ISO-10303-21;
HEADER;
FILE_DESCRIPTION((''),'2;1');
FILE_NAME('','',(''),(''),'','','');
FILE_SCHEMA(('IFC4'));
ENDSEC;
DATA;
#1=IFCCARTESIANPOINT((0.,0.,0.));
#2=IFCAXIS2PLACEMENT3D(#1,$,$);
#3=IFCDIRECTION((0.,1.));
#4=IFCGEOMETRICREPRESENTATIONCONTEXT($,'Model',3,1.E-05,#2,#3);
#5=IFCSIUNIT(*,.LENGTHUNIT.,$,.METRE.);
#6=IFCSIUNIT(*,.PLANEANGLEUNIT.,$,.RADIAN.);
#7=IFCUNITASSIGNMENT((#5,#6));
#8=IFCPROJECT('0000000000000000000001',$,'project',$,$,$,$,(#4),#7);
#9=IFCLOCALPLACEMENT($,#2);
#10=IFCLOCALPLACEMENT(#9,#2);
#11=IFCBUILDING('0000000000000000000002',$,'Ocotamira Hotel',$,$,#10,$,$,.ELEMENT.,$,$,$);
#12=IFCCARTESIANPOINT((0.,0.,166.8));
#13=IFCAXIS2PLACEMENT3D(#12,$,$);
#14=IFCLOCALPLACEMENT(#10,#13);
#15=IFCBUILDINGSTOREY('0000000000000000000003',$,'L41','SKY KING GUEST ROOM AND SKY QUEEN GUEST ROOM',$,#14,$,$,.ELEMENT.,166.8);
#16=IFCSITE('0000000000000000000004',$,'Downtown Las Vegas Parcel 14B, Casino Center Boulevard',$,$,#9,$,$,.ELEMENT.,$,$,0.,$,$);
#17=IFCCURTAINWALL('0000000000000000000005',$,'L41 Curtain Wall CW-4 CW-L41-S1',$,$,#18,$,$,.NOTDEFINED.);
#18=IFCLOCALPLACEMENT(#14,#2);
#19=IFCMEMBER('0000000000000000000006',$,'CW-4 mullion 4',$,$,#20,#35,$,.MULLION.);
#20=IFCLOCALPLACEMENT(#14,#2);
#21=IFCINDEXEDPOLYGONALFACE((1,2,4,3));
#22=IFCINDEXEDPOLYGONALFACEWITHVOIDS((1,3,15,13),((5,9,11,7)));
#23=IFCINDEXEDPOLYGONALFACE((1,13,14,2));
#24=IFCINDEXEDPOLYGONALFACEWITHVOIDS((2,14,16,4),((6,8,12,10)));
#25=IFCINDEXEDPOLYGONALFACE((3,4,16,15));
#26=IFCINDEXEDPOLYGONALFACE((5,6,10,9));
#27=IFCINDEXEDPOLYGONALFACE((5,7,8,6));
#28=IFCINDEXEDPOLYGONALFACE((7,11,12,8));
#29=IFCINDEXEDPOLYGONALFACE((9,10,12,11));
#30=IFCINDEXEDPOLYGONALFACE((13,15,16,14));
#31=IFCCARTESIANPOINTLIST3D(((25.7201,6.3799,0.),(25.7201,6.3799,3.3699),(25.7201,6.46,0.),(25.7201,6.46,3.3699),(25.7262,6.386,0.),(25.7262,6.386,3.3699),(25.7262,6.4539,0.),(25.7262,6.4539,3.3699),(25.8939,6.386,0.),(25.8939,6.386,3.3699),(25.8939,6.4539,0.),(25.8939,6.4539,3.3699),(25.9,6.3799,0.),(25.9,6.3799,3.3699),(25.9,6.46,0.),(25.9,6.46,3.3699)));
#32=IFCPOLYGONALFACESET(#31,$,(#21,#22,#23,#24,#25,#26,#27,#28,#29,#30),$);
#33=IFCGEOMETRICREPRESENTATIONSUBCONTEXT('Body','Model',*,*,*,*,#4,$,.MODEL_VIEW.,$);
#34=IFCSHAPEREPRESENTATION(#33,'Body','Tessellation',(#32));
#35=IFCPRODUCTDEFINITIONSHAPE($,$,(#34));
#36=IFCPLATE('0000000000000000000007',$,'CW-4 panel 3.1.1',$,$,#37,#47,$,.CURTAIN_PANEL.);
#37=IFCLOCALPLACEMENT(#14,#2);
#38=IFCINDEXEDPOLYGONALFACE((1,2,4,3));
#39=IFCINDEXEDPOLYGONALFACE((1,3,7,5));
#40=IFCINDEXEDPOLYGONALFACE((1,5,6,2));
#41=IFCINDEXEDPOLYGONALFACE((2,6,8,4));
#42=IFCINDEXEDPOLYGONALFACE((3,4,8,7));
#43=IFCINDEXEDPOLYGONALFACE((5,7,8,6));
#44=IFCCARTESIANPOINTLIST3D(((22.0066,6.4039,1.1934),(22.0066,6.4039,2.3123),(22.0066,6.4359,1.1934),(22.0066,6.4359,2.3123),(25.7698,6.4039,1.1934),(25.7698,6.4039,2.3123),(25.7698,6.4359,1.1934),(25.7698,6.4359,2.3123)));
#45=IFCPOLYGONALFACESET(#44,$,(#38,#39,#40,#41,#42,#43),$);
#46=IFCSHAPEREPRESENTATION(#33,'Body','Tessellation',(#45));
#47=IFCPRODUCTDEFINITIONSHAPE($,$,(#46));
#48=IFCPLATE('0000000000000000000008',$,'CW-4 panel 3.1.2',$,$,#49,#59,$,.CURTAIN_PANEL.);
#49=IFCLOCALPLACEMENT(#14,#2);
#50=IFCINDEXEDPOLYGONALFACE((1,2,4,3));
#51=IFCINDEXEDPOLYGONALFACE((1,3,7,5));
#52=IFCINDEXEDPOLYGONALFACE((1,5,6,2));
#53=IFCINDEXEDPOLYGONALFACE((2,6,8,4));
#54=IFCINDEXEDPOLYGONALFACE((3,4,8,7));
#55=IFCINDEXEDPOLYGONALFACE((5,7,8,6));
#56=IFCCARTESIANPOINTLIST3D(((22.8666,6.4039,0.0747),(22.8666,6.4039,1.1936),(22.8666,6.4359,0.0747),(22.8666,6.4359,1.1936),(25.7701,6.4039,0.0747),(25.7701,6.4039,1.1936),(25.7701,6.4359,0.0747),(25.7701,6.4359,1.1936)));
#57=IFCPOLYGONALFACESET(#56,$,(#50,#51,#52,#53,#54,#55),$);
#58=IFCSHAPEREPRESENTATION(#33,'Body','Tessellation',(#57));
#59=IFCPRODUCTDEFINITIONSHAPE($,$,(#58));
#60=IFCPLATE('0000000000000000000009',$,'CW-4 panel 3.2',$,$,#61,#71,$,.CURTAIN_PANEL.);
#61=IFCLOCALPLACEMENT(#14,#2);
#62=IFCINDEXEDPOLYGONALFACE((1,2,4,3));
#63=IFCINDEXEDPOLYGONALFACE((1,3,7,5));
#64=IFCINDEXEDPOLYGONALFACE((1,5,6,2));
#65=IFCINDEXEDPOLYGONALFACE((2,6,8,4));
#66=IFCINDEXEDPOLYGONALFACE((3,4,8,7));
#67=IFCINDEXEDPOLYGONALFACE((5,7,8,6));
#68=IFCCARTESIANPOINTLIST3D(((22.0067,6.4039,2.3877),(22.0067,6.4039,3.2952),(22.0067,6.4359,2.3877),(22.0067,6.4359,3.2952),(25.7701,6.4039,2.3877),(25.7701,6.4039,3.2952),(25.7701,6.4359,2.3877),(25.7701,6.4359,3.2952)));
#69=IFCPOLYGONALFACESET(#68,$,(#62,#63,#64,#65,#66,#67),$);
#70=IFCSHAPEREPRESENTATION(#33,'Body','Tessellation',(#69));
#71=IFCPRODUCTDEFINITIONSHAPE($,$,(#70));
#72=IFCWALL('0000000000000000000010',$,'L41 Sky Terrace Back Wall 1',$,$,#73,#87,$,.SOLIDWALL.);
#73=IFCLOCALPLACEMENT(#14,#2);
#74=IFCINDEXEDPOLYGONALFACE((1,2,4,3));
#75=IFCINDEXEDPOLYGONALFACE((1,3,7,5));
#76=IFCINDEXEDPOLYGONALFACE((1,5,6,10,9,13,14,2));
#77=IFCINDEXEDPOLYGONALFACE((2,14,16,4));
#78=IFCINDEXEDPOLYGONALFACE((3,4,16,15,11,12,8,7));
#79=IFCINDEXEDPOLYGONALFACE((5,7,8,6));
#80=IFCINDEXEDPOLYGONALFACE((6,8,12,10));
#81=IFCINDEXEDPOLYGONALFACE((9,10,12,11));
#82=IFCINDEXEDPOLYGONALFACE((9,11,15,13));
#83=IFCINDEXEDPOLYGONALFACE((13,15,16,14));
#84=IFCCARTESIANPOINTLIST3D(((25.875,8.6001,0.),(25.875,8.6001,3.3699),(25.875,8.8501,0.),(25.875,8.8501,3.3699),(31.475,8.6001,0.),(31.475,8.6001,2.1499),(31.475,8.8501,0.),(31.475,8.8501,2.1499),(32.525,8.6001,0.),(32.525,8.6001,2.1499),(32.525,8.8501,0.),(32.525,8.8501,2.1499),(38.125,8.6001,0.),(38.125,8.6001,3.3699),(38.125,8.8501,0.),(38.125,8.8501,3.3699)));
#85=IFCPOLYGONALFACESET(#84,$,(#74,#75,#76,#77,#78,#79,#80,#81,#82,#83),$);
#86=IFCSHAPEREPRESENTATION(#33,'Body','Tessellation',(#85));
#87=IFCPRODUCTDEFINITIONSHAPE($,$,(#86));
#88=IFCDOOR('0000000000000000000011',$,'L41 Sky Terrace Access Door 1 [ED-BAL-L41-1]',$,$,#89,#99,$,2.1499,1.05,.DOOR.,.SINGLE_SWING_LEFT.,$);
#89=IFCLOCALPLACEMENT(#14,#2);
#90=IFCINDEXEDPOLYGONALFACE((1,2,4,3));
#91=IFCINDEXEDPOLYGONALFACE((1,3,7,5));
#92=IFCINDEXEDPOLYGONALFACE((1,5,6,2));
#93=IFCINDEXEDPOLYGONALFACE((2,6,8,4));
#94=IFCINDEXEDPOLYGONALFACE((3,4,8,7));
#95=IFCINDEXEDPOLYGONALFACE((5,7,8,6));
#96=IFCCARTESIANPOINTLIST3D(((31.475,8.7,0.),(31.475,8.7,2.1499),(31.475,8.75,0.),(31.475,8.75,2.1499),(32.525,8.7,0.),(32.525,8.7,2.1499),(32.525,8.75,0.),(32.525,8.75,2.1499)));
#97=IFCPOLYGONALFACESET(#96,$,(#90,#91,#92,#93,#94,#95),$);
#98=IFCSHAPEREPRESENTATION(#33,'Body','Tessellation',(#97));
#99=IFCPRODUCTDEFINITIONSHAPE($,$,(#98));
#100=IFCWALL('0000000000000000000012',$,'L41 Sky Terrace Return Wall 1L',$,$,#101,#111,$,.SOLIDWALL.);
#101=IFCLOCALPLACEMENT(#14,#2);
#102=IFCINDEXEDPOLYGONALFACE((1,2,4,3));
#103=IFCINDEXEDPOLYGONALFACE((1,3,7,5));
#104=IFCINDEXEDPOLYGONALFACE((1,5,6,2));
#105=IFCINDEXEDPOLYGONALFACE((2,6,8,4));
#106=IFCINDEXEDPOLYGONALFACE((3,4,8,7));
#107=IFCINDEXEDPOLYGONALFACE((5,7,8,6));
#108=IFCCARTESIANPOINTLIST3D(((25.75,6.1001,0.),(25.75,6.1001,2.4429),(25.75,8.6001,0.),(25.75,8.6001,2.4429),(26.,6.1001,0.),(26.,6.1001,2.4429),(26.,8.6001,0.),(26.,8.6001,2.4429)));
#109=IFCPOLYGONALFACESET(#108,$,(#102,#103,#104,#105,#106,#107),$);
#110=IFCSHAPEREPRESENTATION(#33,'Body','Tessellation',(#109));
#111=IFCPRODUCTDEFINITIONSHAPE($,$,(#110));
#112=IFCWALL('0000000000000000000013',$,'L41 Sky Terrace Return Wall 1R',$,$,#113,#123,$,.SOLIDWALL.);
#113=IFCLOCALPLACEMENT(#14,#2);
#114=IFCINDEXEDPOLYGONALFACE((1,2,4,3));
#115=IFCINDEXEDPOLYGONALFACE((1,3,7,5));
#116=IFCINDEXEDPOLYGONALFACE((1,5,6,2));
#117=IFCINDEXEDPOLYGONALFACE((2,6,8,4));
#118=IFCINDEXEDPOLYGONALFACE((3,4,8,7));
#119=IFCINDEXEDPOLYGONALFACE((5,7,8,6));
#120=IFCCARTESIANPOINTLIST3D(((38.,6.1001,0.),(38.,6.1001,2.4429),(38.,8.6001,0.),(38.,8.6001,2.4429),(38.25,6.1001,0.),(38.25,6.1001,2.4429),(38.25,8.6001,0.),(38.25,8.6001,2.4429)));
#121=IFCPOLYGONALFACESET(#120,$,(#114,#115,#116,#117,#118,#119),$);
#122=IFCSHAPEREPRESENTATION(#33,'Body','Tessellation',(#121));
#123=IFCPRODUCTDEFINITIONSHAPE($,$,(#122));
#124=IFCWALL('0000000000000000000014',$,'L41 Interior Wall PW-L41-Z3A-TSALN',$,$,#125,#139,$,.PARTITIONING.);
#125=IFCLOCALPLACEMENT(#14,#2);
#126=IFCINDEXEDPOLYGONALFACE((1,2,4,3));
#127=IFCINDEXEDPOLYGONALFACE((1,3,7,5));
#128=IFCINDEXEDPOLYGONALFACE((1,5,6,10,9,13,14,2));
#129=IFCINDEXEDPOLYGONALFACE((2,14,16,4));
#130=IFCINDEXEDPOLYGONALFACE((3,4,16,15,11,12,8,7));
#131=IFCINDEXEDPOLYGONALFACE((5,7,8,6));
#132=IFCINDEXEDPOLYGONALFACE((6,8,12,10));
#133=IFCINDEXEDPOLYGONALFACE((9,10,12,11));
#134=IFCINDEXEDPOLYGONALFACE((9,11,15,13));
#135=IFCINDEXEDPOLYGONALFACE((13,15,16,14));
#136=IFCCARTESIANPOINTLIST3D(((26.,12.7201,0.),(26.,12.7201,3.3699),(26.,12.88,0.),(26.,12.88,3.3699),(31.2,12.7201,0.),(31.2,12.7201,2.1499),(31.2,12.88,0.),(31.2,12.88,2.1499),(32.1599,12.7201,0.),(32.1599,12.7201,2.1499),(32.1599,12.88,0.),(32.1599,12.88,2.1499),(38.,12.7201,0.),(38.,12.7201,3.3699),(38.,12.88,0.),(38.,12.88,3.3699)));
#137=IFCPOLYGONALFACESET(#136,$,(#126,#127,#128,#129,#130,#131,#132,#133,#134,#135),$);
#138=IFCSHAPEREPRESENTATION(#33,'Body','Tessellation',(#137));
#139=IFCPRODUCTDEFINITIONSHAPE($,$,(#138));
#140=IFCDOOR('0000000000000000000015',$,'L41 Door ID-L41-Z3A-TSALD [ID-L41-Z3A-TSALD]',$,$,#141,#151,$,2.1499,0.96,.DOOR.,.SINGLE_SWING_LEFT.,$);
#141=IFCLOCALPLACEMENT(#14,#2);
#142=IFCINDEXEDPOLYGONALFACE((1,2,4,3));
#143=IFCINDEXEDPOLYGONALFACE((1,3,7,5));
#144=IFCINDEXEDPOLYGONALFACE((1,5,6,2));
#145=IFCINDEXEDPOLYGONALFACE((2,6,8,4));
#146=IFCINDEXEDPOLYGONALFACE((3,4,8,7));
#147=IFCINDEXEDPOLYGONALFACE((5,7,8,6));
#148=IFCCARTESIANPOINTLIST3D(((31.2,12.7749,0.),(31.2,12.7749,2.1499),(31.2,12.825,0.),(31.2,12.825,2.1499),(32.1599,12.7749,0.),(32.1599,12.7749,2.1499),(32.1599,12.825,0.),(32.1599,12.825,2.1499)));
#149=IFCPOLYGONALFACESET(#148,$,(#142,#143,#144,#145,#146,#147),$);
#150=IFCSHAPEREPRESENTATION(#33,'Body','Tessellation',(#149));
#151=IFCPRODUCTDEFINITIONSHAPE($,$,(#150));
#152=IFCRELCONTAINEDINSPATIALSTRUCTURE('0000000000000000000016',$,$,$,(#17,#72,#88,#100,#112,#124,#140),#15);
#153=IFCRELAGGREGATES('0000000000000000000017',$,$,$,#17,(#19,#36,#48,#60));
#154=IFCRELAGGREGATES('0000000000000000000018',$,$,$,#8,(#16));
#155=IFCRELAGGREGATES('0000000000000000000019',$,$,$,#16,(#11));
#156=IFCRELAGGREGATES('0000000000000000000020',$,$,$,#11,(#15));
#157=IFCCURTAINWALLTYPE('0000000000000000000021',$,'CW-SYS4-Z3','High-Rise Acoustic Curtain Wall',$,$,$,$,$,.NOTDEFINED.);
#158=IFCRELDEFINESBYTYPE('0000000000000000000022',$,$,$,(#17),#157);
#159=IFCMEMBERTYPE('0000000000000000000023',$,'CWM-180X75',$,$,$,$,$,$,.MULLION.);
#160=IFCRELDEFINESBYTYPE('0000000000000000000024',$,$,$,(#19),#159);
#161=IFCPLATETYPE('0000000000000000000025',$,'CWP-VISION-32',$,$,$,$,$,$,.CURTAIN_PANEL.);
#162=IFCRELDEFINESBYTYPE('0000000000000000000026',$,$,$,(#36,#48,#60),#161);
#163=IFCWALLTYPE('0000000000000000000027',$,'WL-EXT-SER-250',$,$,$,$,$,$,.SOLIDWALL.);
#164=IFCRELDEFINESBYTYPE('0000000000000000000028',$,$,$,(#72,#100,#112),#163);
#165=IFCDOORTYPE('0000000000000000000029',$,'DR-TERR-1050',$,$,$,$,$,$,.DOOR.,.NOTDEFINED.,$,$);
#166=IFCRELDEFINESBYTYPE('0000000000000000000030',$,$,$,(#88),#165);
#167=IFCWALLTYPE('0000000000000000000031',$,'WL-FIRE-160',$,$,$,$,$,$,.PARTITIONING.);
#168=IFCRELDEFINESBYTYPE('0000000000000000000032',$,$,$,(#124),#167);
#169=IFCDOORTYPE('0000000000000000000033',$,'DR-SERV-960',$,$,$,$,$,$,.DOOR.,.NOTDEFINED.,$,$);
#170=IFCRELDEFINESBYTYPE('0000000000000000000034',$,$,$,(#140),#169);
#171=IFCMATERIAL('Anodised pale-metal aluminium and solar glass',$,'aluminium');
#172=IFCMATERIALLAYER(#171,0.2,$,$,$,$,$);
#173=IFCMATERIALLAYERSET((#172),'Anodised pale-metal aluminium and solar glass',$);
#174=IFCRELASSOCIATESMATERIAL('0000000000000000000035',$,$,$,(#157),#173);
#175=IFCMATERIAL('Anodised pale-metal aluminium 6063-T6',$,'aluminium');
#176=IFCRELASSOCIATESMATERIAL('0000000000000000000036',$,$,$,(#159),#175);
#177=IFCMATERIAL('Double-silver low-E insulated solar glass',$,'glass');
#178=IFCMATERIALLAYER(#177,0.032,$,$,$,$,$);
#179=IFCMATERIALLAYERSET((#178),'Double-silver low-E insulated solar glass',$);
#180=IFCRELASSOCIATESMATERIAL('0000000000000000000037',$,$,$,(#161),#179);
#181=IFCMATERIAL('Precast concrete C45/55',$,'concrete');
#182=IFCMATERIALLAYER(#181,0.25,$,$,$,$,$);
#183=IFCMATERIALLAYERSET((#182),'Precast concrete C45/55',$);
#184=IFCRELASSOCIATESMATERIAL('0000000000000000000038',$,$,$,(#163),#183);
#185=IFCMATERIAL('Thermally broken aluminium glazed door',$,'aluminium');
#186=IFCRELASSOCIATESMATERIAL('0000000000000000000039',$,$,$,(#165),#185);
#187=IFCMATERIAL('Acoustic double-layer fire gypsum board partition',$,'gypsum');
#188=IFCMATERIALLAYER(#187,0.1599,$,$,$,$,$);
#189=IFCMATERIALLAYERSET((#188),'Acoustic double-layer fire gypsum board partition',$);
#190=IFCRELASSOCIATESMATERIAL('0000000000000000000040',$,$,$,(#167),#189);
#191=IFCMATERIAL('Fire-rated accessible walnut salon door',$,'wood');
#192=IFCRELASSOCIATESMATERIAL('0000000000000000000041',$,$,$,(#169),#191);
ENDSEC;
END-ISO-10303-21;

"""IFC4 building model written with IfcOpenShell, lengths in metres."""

from ifc_helpers import new_model, si_unit, direction, frame, frame_2d, origin, origin_2d, place, context, subcontext, project, spatial, rectangle, hollow_rectangle, extrude, source, transform, mapped, material, layer, layer_set, material_profile, profile_set, type_object, element, fill, aggregate, save


model = new_model("IFC4")

# Units and contexts
model_context = context("Model", 3, precision=1e-05, world=origin(), true_north=direction((0.0, 1.0)))
body_context = subcontext(model_context, "Body", "Model", "MODEL_VIEW")
ifc_project = project(units=[si_unit("LENGTHUNIT", "METRE"), si_unit("PLANEANGLEUNIT", "RADIAN")], contexts=[model_context])

# Site, building, storey
site_placement = place(None, origin())
site = spatial("IfcSite", under=ifc_project, at=site_placement, Name="Downtown Las Vegas Parcel 14B, Casino Center Boulevard", CompositionType="ELEMENT", RefElevation=0.0)
building_placement = place(site_placement, origin())
building = spatial("IfcBuilding", under=site, at=building_placement, Name="Ocotamira Hotel", CompositionType="ELEMENT")
storey_placement = place(building_placement, frame((0.0, 0.0, 166.8)))
storey = spatial("IfcBuildingStorey", under=building, at=storey_placement, Name="L41", Description="SKY KING GUEST ROOM AND SKY QUEEN GUEST ROOM", CompositionType="ELEMENT", Elevation=166.8)

# Curtain wall, member, plates
ifc_material_1 = material(Name="Anodised pale-metal aluminium and solar glass", Category="aluminium")
ifc_layer_1 = layer(ifc_material_1, 0.2)
ifc_layer_set_1 = layer_set([ifc_layer_1], Name="Anodised pale-metal aluminium and solar glass")
curtain_wall_type = type_object("IfcCurtainWallType", Name="CW-SYS4-Z3", Description="High-Rise Acoustic Curtain Wall", PredefinedType="NOTDEFINED", material=ifc_layer_set_1)
curtain_wall_placement = place(storey_placement, origin())
curtain_wall = element("IfcCurtainWall", 1, at=curtain_wall_placement, inside=storey, type_object=curtain_wall_type, Name="L41 Curtain Wall CW-4 CW-L41-S1", PredefinedType="NOTDEFINED")
ifc_material_2 = material(Name="Anodised pale-metal aluminium 6063-T6", Category="aluminium")
ifc_material_profile = material_profile(ifc_material_2, hollow_rectangle(XDim=0.0801, YDim=0.1799, WallThickness=0.0061, at=origin_2d()), Name="HSS180X80X6")
ifc_profile_set = profile_set([ifc_material_profile], Name="Anodised pale-metal aluminium 6063-T6")
member_type = type_object("IfcMemberType", Name="CWM-180X75", PredefinedType="MULLION", material=ifc_profile_set)
shared_shape_1 = source(origin(), body_context, "Body", "SweptSolid", [
    extrude(hollow_rectangle(XDim=0.0801, YDim=0.1799, WallThickness=0.0061, at=origin_2d()), origin(), (0.0, 0.0, 1.0), 3.3699),
])
member_placement = place(storey_placement, frame((25.8101, 6.4199, 0.0), z_axis=(0.0, 0.0, 1.0), x_axis=(0.0, 1.0, 0.0)))
member = element("IfcMember", 2, at=member_placement, type_object=member_type, Name="CW-4 mullion 4", PredefinedType="MULLION", context=body_context, shape_type="MappedRepresentation", body=[
    mapped(shared_shape_1, transform((0.0, 0.0, 0.0), scale=1.0)),
])
ifc_material_3 = material(Name="Double-silver low-E insulated solar glass", Category="glass")
ifc_layer_2 = layer(ifc_material_3, 0.032)
ifc_layer_set_2 = layer_set([ifc_layer_2], Name="Double-silver low-E insulated solar glass")
plate_type = type_object("IfcPlateType", Name="CWP-VISION-32", PredefinedType="CURTAIN_PANEL", material=ifc_layer_set_2)
shared_shape_2 = source(origin(), body_context, "Body", "SweptSolid", [
    extrude(rectangle(XDim=3.7632, YDim=0.032, at=origin_2d()), origin(), (0.0, 0.0, 1.0), 1.1189),
])
plate_1_placement = place(storey_placement, frame((23.8882, 6.4199, 1.1934), z_axis=(0.0, 0.0, 1.0), x_axis=(1.0, 0.0, 0.0)))
plate_1 = element("IfcPlate", 3, at=plate_1_placement, type_object=plate_type, Name="CW-4 panel 3.1.1", PredefinedType="CURTAIN_PANEL", context=body_context, shape_type="MappedRepresentation", body=[
    mapped(shared_shape_2, transform((0.0, 0.0, 0.0), scale=1.0)),
])
shared_shape_3 = source(origin(), body_context, "Body", "SweptSolid", [
    extrude(rectangle(XDim=2.9036, YDim=0.032, at=origin_2d()), origin(), (0.0, 0.0, 1.0), 1.1189),
])
plate_2_placement = place(storey_placement, frame((24.3184, 6.4199, 0.0747), z_axis=(0.0, 0.0, 1.0), x_axis=(1.0, 0.0, 0.0)))
plate_2 = element("IfcPlate", 4, at=plate_2_placement, type_object=plate_type, Name="CW-4 panel 3.1.2", PredefinedType="CURTAIN_PANEL", context=body_context, shape_type="MappedRepresentation", body=[
    mapped(shared_shape_3, transform((0.0, 0.0, 0.0), scale=1.0)),
])
shared_shape_4 = source(origin(), body_context, "Body", "SweptSolid", [
    extrude(rectangle(XDim=3.7634, YDim=0.032, at=origin_2d()), origin(), (0.0, 0.0, 1.0), 0.9075),
])
plate_3_placement = place(storey_placement, frame((23.8884, 6.4199, 2.3877), z_axis=(0.0, 0.0, 1.0), x_axis=(1.0, 0.0, 0.0)))
plate_3 = element("IfcPlate", 5, at=plate_3_placement, type_object=plate_type, Name="CW-4 panel 3.2", PredefinedType="CURTAIN_PANEL", context=body_context, shape_type="MappedRepresentation", body=[
    mapped(shared_shape_4, transform((0.0, 0.0, 0.0), scale=1.0)),
])
aggregate(curtain_wall, [member, plate_1, plate_2, plate_3])

# Wall, opening, door
ifc_material_4 = material(Name="Precast concrete C45/55", Category="concrete")
ifc_layer_3 = layer(ifc_material_4, 0.25)
ifc_layer_set_3 = layer_set([ifc_layer_3], Name="Precast concrete C45/55")
wall_type_1 = type_object("IfcWallType", Name="WL-EXT-SER-250", PredefinedType="SOLIDWALL", material=ifc_layer_set_3)
wall_1_placement = place(storey_placement, frame((25.875, 8.7251, 0.0), z_axis=(0.0, 0.0, 1.0), x_axis=(1.0, 0.0, 0.0)))
wall_1 = element("IfcWall", 6, at=wall_1_placement, inside=storey, type_object=wall_type_1, Name="L41 Sky Terrace Back Wall 1", PredefinedType="SOLIDWALL", context=body_context, shape_type="SweptSolid", body=[
    extrude(rectangle(XDim=12.25, YDim=0.25, at=frame_2d((6.125, 0.0))), origin(), (0.0, 0.0, 1.0), 3.3699),
])
opening_1_placement = place(wall_1_placement, frame((5.6001, 0.0, 0.0)))
opening_1 = element("IfcOpeningElement", 7, at=opening_1_placement, cuts=wall_1, PredefinedType="OPENING", context=body_context, shape_type="SweptSolid", body=[
    extrude(rectangle(XDim=1.05, YDim=2.1499, at=frame_2d((0.5249, 1.075))), frame((0.0, 0.135, 0.0), z_axis=(0.0, -1.0, 0.0), x_axis=(1.0, 0.0, 0.0)), (0.0, 0.0, 1.0), 0.27),
])
ifc_material_5 = material(Name="Thermally broken aluminium glazed door", Category="aluminium")
door_type_1 = type_object("IfcDoorType", Name="DR-TERR-1050", OperationType="NOTDEFINED", PredefinedType="DOOR", material=ifc_material_5)
shared_shape_5 = source(origin(), body_context, "Body", "SweptSolid", [
    extrude(rectangle(XDim=1.05, YDim=2.1499, at=frame_2d((0.5249, 1.075))), frame((0.0, 0.0249, 0.0), z_axis=(0.0, -1.0, 0.0), x_axis=(1.0, 0.0, 0.0)), (0.0, 0.0, 1.0), 0.05),
])
door_1_placement = place(opening_1_placement, origin())
door_1 = element("IfcDoor", 8, at=door_1_placement, inside=storey, type_object=door_type_1, Name="L41 Sky Terrace Access Door 1 [ED-BAL-L41-1]", OperationType="SINGLE_SWING_LEFT", OverallHeight=2.1499, OverallWidth=1.05, PredefinedType="DOOR", context=body_context, shape_type="MappedRepresentation", body=[
    mapped(shared_shape_5, transform((0.0, 0.0, 0.0), scale=1.0)),
])
fill(opening_1, door_1)

# Walls
for number, where, z_axis, x_axis, name in (
    (9, (25.875, 6.1001, 0.0), (0.0, 0.0, 1.0), (0.0, 1.0, 0.0), "L41 Sky Terrace Return Wall 1L"),
    (10, (38.125, 6.1001, 0.0), (0.0, 0.0, 1.0), (0.0, 1.0, 0.0), "L41 Sky Terrace Return Wall 1R"),
):
    element("IfcWall", number, at=place(storey_placement, frame(where, z_axis=z_axis, x_axis=x_axis)), inside=storey, type_object=wall_type_1, Name=name, PredefinedType="SOLIDWALL", context=body_context, shape_type="SweptSolid", body=[
        extrude(rectangle(XDim=2.5, YDim=0.25, at=frame_2d((1.25, 0.0))), origin(), (0.0, 0.0, 1.0), 2.4429),
    ])

# Wall, opening, door
ifc_material_6 = material(Name="Acoustic double-layer fire gypsum board partition", Category="gypsum")
ifc_layer_4 = layer(ifc_material_6, 0.1599)
ifc_layer_set_4 = layer_set([ifc_layer_4], Name="Acoustic double-layer fire gypsum board partition")
wall_type_2 = type_object("IfcWallType", Name="WL-FIRE-160", PredefinedType="PARTITIONING", material=ifc_layer_set_4)
wall_2_placement = place(storey_placement, frame((26.0, 12.8, 0.0), z_axis=(0.0, 0.0, 1.0), x_axis=(1.0, 0.0, 0.0)))
wall_2 = element("IfcWall", 11, at=wall_2_placement, inside=storey, type_object=wall_type_2, Name="L41 Interior Wall PW-L41-Z3A-TSALN", PredefinedType="PARTITIONING", context=body_context, shape_type="SweptSolid", body=[
    extrude(rectangle(XDim=12.0, YDim=0.1599, at=frame_2d((6.0, 0.0))), origin(), (0.0, 0.0, 1.0), 3.3699),
])
opening_2_placement = place(wall_2_placement, frame((5.2, 0.0, 0.0)))
opening_2 = element("IfcOpeningElement", 12, at=opening_2_placement, cuts=wall_2, PredefinedType="OPENING", context=body_context, shape_type="SweptSolid", body=[
    extrude(rectangle(XDim=0.96, YDim=2.1499, at=frame_2d((0.48, 1.075))), frame((0.0, 0.0898, 0.0), z_axis=(0.0, -1.0, 0.0), x_axis=(1.0, 0.0, 0.0)), (0.0, 0.0, 1.0), 0.1799),
])
ifc_material_7 = material(Name="Fire-rated accessible walnut salon door", Category="wood")
door_type_2 = type_object("IfcDoorType", Name="DR-SERV-960", OperationType="NOTDEFINED", PredefinedType="DOOR", material=ifc_material_7)
shared_shape_6 = source(origin(), body_context, "Body", "SweptSolid", [
    extrude(rectangle(XDim=0.96, YDim=2.1499, at=frame_2d((0.48, 1.075))), frame((0.0, 0.0249, 0.0), z_axis=(0.0, -1.0, 0.0), x_axis=(1.0, 0.0, 0.0)), (0.0, 0.0, 1.0), 0.05),
])
door_2_placement = place(opening_2_placement, origin())
door_2 = element("IfcDoor", 13, at=door_2_placement, inside=storey, type_object=door_type_2, Name="L41 Door ID-L41-Z3A-TSALD [ID-L41-Z3A-TSALD]", OperationType="SINGLE_SWING_LEFT", OverallHeight=2.1499, OverallWidth=0.96, PredefinedType="DOOR", context=body_context, shape_type="MappedRepresentation", body=[
    mapped(shared_shape_6, transform((0.0, 0.0, 0.0), scale=1.0)),
])
fill(opening_2, door_2)

save(model, "model.ifc")
